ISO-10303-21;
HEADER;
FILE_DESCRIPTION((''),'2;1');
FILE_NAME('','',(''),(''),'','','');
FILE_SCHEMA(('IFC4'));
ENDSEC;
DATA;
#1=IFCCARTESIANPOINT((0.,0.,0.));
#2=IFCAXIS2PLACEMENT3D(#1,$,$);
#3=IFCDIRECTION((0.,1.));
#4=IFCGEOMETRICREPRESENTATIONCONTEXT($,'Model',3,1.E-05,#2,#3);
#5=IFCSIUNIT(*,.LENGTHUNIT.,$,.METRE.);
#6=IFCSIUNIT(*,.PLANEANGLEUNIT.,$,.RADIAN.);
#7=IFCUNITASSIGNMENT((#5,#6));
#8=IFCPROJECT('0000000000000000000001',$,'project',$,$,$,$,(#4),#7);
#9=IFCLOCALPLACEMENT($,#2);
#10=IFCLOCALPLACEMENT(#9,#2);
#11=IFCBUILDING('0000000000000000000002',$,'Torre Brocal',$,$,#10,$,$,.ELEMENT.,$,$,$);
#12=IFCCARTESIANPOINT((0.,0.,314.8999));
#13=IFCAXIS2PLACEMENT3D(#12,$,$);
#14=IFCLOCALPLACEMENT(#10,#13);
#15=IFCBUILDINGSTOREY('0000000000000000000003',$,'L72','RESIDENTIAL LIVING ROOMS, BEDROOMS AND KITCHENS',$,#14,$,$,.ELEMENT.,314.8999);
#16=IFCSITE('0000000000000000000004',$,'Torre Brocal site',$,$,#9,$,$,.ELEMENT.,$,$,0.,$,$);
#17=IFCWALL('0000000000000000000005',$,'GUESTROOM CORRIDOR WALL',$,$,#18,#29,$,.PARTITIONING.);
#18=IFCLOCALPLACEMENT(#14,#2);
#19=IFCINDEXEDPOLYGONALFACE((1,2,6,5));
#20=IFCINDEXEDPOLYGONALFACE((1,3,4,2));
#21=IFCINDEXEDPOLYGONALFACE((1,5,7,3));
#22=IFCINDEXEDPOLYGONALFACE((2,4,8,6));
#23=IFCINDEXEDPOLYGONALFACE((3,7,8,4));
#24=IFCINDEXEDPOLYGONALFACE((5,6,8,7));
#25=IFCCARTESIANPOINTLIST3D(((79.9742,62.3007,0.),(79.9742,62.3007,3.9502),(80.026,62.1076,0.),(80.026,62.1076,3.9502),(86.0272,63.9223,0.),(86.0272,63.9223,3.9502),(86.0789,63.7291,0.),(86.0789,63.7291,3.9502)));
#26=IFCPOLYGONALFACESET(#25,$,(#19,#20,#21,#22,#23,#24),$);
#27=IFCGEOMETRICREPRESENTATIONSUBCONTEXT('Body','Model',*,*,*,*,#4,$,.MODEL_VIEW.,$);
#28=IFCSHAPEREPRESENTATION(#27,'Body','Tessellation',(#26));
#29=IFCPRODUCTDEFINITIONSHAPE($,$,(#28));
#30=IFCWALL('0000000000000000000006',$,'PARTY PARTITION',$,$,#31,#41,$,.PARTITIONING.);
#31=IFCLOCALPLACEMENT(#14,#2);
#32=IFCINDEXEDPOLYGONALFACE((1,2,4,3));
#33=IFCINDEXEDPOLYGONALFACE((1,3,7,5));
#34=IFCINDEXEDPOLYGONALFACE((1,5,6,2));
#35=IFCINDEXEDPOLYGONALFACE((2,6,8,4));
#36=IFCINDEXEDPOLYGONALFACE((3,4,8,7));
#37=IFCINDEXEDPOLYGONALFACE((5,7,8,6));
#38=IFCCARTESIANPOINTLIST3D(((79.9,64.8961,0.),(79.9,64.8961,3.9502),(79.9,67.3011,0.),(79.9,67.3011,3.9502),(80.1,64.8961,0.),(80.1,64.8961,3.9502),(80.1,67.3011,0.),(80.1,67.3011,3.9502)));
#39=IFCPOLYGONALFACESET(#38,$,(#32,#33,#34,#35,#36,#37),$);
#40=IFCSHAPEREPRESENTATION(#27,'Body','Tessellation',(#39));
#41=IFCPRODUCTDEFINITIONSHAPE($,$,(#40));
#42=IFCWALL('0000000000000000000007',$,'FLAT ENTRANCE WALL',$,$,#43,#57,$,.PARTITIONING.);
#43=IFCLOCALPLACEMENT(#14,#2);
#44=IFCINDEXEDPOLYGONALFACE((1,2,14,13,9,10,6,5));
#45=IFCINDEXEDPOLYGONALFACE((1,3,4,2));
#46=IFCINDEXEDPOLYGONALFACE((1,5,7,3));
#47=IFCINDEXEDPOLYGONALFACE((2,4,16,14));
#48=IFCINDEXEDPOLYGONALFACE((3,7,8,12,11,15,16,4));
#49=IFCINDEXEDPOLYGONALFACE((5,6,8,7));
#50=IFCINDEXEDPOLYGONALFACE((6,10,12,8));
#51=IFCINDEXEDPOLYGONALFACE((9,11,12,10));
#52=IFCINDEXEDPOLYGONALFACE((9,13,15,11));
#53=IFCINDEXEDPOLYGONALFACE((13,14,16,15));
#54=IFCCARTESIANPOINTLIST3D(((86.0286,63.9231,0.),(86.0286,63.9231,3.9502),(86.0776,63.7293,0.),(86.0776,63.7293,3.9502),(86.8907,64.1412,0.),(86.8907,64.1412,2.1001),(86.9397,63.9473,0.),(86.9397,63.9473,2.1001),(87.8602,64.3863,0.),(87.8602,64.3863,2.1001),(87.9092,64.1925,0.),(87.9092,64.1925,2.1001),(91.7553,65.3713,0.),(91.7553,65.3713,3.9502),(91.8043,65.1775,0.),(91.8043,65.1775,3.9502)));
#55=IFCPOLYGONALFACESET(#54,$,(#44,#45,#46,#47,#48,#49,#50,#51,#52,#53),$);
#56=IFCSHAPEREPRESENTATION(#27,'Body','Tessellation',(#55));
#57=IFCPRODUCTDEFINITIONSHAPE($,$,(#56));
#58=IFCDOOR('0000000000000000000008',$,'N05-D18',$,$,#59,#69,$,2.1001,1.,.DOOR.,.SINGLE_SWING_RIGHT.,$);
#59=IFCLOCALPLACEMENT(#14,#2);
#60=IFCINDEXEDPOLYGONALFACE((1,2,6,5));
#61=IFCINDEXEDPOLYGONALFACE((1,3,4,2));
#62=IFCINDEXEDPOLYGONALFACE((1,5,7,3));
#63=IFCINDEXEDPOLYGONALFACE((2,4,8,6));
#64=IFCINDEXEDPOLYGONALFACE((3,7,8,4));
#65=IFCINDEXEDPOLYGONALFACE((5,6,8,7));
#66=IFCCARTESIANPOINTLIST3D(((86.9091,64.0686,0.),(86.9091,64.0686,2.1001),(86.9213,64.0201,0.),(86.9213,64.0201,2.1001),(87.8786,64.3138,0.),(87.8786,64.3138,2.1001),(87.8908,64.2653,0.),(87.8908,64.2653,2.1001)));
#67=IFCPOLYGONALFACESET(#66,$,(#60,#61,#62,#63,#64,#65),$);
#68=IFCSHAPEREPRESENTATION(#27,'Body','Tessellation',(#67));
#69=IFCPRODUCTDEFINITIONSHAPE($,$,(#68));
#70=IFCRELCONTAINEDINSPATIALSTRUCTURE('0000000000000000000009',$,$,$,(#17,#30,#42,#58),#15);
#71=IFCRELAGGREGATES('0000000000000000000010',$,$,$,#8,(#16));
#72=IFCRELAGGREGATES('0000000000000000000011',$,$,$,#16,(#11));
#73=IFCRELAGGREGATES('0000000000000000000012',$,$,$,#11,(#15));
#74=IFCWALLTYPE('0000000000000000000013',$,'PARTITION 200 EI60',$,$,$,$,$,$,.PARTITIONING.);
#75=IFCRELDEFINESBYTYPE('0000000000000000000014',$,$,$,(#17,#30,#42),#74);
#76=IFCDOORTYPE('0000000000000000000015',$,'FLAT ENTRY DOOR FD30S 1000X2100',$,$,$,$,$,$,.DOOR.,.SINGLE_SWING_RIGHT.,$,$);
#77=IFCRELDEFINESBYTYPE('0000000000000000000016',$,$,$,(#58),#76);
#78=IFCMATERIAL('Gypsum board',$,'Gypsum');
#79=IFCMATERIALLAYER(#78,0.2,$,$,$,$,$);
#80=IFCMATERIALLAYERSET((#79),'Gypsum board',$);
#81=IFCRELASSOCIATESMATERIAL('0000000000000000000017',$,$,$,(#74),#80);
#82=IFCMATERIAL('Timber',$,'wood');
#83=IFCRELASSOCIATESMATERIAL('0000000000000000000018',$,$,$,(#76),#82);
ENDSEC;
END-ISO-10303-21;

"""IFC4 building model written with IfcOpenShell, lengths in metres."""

from ifc_helpers import new_model, si_unit, direction, frame, frame_2d, origin, place, context, subcontext, project, spatial, rectangle, extrude, material, layer, layer_set, type_object, element, fill, save


model = new_model("IFC4")

# Units and contexts
model_context = context("Model", 3, precision=1e-05, world=origin(), true_north=direction((0.0, 1.0)))
body_context = subcontext(model_context, "Body", "Model", "MODEL_VIEW")
ifc_project = project(units=[si_unit("LENGTHUNIT", "METRE"), si_unit("PLANEANGLEUNIT", "RADIAN")], contexts=[model_context])

# Site, building, storey
site_placement = place(None, origin())
site = spatial("IfcSite", under=ifc_project, at=site_placement, Name="Torre Brocal site", CompositionType="ELEMENT", RefElevation=0.0)
building_placement = place(site_placement, origin())
building = spatial("IfcBuilding", under=site, at=building_placement, Name="Torre Brocal", CompositionType="ELEMENT")
storey_placement = place(building_placement, frame((0.0, 0.0, 314.8999)))
storey = spatial("IfcBuildingStorey", under=building, at=storey_placement, Name="L72", Description="RESIDENTIAL LIVING ROOMS, BEDROOMS AND KITCHENS", CompositionType="ELEMENT", Elevation=314.8999)

# Shared definitions
ifc_material_1 = material(Name="Gypsum board", Category="Gypsum")
ifc_layer_1 = layer(ifc_material_1, 0.2)
ifc_layer_set_1 = layer_set([ifc_layer_1], Name="Gypsum board")
wall_type_1 = type_object("IfcWallType", Name="PARTITION 200 EI60", PredefinedType="PARTITIONING", material=ifc_layer_set_1)

# Walls
wall_1_placement = place(storey_placement, frame((80.0, 62.2041, 0.0), z_axis=(0.0, 0.0, 1.0), x_axis=(0.965938, 0.258773, 0.0)))
element("IfcWall", 1, at=wall_1_placement, inside=storey, type_object=wall_type_1, Name="GUESTROOM CORRIDOR WALL", PredefinedType="PARTITIONING", context=body_context, shape_type="SweptSolid", body=[
    extrude(rectangle(XDim=6.2664, YDim=0.2, at=frame_2d((3.1333, 0.0))), origin(), (0.0, 0.0, 1.0), 3.9502),
])
wall_2_placement = place(storey_placement, frame((80.0, 64.896, 0.0), z_axis=(0.0, 0.0, 1.0), x_axis=(0.0, 1.0, 0.0)))
element("IfcWall", 2, at=wall_2_placement, inside=storey, type_object=wall_type_1, Name="PARTY PARTITION", PredefinedType="PARTITIONING", context=body_context, shape_type="SweptSolid", body=[
    extrude(rectangle(XDim=2.405, YDim=0.2, at=frame_2d((1.2026, 0.0))), origin(), (0.0, 0.0, 1.0), 3.9502),
])

# Wall, opening, door
wall_3_placement = place(storey_placement, frame((86.053, 63.8262, 0.0), z_axis=(0.0, 0.0, 1.0), x_axis=(0.96948, 0.24517, 0.0)))
wall_3 = element("IfcWall", 3, at=wall_3_placement, inside=storey, type_object=wall_type_1, Name="FLAT ENTRANCE WALL", PredefinedType="PARTITIONING", context=body_context, shape_type="SweptSolid", body=[
    extrude(rectangle(XDim=5.907, YDim=0.2, at=frame_2d((2.9536, 0.0))), origin(), (0.0, 0.0, 1.0), 3.9502),
])
opening_1_placement = place(wall_3_placement, frame((0.8894, 0.0, 0.0)))
opening_1 = element("IfcOpeningElement", 4, at=opening_1_placement, cuts=wall_3, PredefinedType="OPENING", context=body_context, shape_type="SweptSolid", body=[
    extrude(rectangle(XDim=1.0, YDim=2.1001, at=frame_2d((0.5, 1.05))), frame((0.0, 0.1099, 0.0), z_axis=(0.0, -1.0, 0.0), x_axis=(1.0, 0.0, 0.0)), (0.0, 0.0, 1.0), 0.22),
])
ifc_material_2 = material(Name="Timber", Category="wood")
door_type_1 = type_object("IfcDoorType", Name="FLAT ENTRY DOOR FD30S 1000X2100", OperationType="SINGLE_SWING_RIGHT", PredefinedType="DOOR", material=ifc_material_2)
door_1_placement = place(opening_1_placement, frame((1.0, 0.0, 0.0), z_axis=(0.0, 0.0, 1.0), x_axis=(-1.0, 0.0, 0.0)))
door_1 = element("IfcDoor", 5, at=door_1_placement, inside=storey, type_object=door_type_1, Name="N05-D18", OperationType="SINGLE_SWING_RIGHT", OverallHeight=2.1001, OverallWidth=1.0, PredefinedType="DOOR", context=body_context, shape_type="SweptSolid", body=[
    extrude(rectangle(XDim=1.0, YDim=2.1001, at=frame_2d((0.5, 1.05))), frame((0.0, 0.0249, 0.0), z_axis=(0.0, -1.0, 0.0), x_axis=(1.0, 0.0, 0.0)), (0.0, 0.0, 1.0), 0.05),
])
fill(opening_1, door_1)

save(model, "model.ifc")
